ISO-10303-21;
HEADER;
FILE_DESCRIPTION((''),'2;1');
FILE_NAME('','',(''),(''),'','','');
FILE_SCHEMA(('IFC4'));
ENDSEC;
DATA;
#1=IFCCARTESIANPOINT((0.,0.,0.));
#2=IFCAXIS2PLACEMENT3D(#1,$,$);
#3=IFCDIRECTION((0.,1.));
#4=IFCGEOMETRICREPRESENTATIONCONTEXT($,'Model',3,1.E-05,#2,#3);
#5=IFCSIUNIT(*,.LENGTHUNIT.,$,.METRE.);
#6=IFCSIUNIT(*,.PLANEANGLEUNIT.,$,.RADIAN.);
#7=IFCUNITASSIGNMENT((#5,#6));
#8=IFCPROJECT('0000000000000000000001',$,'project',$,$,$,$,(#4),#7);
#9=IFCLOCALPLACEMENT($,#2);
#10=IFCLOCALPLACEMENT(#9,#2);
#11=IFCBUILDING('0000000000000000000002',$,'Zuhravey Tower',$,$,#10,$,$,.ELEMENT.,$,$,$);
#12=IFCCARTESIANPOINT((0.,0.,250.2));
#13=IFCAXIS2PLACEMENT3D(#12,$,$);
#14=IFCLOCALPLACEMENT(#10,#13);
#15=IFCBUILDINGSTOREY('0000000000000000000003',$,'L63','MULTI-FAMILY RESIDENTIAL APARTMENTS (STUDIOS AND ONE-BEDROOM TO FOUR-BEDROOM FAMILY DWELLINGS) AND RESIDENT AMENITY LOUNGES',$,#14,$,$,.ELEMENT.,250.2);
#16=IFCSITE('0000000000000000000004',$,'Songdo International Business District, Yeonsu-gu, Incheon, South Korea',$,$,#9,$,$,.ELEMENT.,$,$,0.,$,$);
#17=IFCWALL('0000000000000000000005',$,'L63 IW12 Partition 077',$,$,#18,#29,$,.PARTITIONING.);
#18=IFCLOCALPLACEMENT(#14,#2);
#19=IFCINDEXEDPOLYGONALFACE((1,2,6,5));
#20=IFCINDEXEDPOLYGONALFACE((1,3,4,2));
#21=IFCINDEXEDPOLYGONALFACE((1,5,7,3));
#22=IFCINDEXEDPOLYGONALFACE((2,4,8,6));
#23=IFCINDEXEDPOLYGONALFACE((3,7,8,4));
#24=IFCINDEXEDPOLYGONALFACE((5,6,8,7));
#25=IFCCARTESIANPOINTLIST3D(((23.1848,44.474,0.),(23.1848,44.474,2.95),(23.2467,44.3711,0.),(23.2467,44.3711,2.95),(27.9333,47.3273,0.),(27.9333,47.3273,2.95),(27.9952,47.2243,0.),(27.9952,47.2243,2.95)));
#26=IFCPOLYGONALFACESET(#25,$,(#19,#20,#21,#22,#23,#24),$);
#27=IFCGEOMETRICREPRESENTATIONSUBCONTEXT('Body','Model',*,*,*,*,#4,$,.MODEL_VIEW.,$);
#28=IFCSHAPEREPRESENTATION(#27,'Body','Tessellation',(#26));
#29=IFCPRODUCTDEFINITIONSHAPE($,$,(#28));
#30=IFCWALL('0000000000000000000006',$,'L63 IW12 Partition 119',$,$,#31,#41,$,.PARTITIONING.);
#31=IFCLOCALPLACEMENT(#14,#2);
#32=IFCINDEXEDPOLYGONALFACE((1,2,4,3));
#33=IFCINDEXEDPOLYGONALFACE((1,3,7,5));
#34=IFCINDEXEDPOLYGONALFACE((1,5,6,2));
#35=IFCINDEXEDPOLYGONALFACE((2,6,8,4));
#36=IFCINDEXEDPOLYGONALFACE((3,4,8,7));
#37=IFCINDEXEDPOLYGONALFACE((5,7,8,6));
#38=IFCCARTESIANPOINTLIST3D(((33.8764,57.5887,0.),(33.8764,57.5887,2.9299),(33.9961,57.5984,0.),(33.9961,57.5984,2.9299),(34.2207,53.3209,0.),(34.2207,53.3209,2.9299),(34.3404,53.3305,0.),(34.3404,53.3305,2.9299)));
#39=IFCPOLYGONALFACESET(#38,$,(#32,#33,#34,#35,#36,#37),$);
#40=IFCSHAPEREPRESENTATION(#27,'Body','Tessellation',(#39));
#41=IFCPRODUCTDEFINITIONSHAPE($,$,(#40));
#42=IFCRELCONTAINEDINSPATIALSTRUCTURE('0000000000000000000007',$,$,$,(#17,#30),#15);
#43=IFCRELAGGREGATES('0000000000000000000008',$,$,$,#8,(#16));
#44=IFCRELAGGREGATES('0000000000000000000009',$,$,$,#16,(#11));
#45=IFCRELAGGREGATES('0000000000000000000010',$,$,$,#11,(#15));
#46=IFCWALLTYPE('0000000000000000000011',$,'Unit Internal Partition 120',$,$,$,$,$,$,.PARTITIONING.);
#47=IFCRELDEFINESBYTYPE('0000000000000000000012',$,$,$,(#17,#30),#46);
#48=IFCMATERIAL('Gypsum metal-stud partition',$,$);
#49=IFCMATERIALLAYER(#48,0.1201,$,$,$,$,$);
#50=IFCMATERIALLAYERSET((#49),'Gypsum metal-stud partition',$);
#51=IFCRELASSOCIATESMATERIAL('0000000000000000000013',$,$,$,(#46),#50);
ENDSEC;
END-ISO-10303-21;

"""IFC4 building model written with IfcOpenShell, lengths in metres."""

from ifc_helpers import new_model, si_unit, direction, frame, frame_2d, origin, place, context, subcontext, project, spatial, rectangle, extrude, material, layer, layer_set, type_object, element, save


model = new_model("IFC4")

# Units and contexts
model_context = context("Model", 3, precision=1e-05, world=origin(), true_north=direction((0.0, 1.0)))
body_context = subcontext(model_context, "Body", "Model", "MODEL_VIEW")
ifc_project = project(units=[si_unit("LENGTHUNIT", "METRE"), si_unit("PLANEANGLEUNIT", "RADIAN")], contexts=[model_context])

# Site, building, storey
site_placement = place(None, origin())
site = spatial("IfcSite", under=ifc_project, at=site_placement, Name="Songdo International Business District, Yeonsu-gu, Incheon, South Korea", CompositionType="ELEMENT", RefElevation=0.0)
building_placement = place(site_placement, origin())
building = spatial("IfcBuilding", under=site, at=building_placement, Name="Zuhravey Tower", CompositionType="ELEMENT")
storey_placement = place(building_placement, frame((0.0, 0.0, 250.2)))
storey = spatial("IfcBuildingStorey", under=building, at=storey_placement, Name="L63", Description="MULTI-FAMILY RESIDENTIAL APARTMENTS (STUDIOS AND ONE-BEDROOM TO FOUR-BEDROOM FAMILY DWELLINGS) AND RESIDENT AMENITY LOUNGES", CompositionType="ELEMENT", Elevation=250.2)

# Shared definitions
ifc_material_1 = material(Name="Gypsum metal-stud partition")
ifc_layer_1 = layer(ifc_material_1, 0.1201)
ifc_layer_set_1 = layer_set([ifc_layer_1], Name="Gypsum metal-stud partition")
wall_type_1 = type_object("IfcWallType", Name="Unit Internal Partition 120", PredefinedType="PARTITIONING", material=ifc_layer_set_1)

# Walls
wall_1_placement = place(storey_placement, frame((27.9644, 47.2759, 0.0), z_axis=(0.0, 0.0, 1.0), x_axis=(-0.857162, -0.515047, 0.0)))
element("IfcWall", 1, at=wall_1_placement, inside=storey, type_object=wall_type_1, Name="L63 IW12 Partition 077", PredefinedType="PARTITIONING", context=body_context, shape_type="SweptSolid", body=[
    extrude(rectangle(XDim=5.5398, YDim=0.1201, at=frame_2d((2.77, 0.0))), origin(), (0.0, 0.0, 1.0), 2.95),
])
wall_2_placement = place(storey_placement, frame((34.2805, 53.3257, 0.0), z_axis=(0.0, 0.0, 1.0), x_axis=(-0.080398, 0.996763, 0.0)))
element("IfcWall", 2, at=wall_2_placement, inside=storey, type_object=wall_type_1, Name="L63 IW12 Partition 119", PredefinedType="PARTITIONING", context=body_context, shape_type="SweptSolid", body=[
    extrude(rectangle(XDim=4.2817, YDim=0.1201, at=frame_2d((2.1409, 0.0))), origin(), (0.0, 0.0, 1.0), 2.9299),
])

save(model, "model.ifc")
